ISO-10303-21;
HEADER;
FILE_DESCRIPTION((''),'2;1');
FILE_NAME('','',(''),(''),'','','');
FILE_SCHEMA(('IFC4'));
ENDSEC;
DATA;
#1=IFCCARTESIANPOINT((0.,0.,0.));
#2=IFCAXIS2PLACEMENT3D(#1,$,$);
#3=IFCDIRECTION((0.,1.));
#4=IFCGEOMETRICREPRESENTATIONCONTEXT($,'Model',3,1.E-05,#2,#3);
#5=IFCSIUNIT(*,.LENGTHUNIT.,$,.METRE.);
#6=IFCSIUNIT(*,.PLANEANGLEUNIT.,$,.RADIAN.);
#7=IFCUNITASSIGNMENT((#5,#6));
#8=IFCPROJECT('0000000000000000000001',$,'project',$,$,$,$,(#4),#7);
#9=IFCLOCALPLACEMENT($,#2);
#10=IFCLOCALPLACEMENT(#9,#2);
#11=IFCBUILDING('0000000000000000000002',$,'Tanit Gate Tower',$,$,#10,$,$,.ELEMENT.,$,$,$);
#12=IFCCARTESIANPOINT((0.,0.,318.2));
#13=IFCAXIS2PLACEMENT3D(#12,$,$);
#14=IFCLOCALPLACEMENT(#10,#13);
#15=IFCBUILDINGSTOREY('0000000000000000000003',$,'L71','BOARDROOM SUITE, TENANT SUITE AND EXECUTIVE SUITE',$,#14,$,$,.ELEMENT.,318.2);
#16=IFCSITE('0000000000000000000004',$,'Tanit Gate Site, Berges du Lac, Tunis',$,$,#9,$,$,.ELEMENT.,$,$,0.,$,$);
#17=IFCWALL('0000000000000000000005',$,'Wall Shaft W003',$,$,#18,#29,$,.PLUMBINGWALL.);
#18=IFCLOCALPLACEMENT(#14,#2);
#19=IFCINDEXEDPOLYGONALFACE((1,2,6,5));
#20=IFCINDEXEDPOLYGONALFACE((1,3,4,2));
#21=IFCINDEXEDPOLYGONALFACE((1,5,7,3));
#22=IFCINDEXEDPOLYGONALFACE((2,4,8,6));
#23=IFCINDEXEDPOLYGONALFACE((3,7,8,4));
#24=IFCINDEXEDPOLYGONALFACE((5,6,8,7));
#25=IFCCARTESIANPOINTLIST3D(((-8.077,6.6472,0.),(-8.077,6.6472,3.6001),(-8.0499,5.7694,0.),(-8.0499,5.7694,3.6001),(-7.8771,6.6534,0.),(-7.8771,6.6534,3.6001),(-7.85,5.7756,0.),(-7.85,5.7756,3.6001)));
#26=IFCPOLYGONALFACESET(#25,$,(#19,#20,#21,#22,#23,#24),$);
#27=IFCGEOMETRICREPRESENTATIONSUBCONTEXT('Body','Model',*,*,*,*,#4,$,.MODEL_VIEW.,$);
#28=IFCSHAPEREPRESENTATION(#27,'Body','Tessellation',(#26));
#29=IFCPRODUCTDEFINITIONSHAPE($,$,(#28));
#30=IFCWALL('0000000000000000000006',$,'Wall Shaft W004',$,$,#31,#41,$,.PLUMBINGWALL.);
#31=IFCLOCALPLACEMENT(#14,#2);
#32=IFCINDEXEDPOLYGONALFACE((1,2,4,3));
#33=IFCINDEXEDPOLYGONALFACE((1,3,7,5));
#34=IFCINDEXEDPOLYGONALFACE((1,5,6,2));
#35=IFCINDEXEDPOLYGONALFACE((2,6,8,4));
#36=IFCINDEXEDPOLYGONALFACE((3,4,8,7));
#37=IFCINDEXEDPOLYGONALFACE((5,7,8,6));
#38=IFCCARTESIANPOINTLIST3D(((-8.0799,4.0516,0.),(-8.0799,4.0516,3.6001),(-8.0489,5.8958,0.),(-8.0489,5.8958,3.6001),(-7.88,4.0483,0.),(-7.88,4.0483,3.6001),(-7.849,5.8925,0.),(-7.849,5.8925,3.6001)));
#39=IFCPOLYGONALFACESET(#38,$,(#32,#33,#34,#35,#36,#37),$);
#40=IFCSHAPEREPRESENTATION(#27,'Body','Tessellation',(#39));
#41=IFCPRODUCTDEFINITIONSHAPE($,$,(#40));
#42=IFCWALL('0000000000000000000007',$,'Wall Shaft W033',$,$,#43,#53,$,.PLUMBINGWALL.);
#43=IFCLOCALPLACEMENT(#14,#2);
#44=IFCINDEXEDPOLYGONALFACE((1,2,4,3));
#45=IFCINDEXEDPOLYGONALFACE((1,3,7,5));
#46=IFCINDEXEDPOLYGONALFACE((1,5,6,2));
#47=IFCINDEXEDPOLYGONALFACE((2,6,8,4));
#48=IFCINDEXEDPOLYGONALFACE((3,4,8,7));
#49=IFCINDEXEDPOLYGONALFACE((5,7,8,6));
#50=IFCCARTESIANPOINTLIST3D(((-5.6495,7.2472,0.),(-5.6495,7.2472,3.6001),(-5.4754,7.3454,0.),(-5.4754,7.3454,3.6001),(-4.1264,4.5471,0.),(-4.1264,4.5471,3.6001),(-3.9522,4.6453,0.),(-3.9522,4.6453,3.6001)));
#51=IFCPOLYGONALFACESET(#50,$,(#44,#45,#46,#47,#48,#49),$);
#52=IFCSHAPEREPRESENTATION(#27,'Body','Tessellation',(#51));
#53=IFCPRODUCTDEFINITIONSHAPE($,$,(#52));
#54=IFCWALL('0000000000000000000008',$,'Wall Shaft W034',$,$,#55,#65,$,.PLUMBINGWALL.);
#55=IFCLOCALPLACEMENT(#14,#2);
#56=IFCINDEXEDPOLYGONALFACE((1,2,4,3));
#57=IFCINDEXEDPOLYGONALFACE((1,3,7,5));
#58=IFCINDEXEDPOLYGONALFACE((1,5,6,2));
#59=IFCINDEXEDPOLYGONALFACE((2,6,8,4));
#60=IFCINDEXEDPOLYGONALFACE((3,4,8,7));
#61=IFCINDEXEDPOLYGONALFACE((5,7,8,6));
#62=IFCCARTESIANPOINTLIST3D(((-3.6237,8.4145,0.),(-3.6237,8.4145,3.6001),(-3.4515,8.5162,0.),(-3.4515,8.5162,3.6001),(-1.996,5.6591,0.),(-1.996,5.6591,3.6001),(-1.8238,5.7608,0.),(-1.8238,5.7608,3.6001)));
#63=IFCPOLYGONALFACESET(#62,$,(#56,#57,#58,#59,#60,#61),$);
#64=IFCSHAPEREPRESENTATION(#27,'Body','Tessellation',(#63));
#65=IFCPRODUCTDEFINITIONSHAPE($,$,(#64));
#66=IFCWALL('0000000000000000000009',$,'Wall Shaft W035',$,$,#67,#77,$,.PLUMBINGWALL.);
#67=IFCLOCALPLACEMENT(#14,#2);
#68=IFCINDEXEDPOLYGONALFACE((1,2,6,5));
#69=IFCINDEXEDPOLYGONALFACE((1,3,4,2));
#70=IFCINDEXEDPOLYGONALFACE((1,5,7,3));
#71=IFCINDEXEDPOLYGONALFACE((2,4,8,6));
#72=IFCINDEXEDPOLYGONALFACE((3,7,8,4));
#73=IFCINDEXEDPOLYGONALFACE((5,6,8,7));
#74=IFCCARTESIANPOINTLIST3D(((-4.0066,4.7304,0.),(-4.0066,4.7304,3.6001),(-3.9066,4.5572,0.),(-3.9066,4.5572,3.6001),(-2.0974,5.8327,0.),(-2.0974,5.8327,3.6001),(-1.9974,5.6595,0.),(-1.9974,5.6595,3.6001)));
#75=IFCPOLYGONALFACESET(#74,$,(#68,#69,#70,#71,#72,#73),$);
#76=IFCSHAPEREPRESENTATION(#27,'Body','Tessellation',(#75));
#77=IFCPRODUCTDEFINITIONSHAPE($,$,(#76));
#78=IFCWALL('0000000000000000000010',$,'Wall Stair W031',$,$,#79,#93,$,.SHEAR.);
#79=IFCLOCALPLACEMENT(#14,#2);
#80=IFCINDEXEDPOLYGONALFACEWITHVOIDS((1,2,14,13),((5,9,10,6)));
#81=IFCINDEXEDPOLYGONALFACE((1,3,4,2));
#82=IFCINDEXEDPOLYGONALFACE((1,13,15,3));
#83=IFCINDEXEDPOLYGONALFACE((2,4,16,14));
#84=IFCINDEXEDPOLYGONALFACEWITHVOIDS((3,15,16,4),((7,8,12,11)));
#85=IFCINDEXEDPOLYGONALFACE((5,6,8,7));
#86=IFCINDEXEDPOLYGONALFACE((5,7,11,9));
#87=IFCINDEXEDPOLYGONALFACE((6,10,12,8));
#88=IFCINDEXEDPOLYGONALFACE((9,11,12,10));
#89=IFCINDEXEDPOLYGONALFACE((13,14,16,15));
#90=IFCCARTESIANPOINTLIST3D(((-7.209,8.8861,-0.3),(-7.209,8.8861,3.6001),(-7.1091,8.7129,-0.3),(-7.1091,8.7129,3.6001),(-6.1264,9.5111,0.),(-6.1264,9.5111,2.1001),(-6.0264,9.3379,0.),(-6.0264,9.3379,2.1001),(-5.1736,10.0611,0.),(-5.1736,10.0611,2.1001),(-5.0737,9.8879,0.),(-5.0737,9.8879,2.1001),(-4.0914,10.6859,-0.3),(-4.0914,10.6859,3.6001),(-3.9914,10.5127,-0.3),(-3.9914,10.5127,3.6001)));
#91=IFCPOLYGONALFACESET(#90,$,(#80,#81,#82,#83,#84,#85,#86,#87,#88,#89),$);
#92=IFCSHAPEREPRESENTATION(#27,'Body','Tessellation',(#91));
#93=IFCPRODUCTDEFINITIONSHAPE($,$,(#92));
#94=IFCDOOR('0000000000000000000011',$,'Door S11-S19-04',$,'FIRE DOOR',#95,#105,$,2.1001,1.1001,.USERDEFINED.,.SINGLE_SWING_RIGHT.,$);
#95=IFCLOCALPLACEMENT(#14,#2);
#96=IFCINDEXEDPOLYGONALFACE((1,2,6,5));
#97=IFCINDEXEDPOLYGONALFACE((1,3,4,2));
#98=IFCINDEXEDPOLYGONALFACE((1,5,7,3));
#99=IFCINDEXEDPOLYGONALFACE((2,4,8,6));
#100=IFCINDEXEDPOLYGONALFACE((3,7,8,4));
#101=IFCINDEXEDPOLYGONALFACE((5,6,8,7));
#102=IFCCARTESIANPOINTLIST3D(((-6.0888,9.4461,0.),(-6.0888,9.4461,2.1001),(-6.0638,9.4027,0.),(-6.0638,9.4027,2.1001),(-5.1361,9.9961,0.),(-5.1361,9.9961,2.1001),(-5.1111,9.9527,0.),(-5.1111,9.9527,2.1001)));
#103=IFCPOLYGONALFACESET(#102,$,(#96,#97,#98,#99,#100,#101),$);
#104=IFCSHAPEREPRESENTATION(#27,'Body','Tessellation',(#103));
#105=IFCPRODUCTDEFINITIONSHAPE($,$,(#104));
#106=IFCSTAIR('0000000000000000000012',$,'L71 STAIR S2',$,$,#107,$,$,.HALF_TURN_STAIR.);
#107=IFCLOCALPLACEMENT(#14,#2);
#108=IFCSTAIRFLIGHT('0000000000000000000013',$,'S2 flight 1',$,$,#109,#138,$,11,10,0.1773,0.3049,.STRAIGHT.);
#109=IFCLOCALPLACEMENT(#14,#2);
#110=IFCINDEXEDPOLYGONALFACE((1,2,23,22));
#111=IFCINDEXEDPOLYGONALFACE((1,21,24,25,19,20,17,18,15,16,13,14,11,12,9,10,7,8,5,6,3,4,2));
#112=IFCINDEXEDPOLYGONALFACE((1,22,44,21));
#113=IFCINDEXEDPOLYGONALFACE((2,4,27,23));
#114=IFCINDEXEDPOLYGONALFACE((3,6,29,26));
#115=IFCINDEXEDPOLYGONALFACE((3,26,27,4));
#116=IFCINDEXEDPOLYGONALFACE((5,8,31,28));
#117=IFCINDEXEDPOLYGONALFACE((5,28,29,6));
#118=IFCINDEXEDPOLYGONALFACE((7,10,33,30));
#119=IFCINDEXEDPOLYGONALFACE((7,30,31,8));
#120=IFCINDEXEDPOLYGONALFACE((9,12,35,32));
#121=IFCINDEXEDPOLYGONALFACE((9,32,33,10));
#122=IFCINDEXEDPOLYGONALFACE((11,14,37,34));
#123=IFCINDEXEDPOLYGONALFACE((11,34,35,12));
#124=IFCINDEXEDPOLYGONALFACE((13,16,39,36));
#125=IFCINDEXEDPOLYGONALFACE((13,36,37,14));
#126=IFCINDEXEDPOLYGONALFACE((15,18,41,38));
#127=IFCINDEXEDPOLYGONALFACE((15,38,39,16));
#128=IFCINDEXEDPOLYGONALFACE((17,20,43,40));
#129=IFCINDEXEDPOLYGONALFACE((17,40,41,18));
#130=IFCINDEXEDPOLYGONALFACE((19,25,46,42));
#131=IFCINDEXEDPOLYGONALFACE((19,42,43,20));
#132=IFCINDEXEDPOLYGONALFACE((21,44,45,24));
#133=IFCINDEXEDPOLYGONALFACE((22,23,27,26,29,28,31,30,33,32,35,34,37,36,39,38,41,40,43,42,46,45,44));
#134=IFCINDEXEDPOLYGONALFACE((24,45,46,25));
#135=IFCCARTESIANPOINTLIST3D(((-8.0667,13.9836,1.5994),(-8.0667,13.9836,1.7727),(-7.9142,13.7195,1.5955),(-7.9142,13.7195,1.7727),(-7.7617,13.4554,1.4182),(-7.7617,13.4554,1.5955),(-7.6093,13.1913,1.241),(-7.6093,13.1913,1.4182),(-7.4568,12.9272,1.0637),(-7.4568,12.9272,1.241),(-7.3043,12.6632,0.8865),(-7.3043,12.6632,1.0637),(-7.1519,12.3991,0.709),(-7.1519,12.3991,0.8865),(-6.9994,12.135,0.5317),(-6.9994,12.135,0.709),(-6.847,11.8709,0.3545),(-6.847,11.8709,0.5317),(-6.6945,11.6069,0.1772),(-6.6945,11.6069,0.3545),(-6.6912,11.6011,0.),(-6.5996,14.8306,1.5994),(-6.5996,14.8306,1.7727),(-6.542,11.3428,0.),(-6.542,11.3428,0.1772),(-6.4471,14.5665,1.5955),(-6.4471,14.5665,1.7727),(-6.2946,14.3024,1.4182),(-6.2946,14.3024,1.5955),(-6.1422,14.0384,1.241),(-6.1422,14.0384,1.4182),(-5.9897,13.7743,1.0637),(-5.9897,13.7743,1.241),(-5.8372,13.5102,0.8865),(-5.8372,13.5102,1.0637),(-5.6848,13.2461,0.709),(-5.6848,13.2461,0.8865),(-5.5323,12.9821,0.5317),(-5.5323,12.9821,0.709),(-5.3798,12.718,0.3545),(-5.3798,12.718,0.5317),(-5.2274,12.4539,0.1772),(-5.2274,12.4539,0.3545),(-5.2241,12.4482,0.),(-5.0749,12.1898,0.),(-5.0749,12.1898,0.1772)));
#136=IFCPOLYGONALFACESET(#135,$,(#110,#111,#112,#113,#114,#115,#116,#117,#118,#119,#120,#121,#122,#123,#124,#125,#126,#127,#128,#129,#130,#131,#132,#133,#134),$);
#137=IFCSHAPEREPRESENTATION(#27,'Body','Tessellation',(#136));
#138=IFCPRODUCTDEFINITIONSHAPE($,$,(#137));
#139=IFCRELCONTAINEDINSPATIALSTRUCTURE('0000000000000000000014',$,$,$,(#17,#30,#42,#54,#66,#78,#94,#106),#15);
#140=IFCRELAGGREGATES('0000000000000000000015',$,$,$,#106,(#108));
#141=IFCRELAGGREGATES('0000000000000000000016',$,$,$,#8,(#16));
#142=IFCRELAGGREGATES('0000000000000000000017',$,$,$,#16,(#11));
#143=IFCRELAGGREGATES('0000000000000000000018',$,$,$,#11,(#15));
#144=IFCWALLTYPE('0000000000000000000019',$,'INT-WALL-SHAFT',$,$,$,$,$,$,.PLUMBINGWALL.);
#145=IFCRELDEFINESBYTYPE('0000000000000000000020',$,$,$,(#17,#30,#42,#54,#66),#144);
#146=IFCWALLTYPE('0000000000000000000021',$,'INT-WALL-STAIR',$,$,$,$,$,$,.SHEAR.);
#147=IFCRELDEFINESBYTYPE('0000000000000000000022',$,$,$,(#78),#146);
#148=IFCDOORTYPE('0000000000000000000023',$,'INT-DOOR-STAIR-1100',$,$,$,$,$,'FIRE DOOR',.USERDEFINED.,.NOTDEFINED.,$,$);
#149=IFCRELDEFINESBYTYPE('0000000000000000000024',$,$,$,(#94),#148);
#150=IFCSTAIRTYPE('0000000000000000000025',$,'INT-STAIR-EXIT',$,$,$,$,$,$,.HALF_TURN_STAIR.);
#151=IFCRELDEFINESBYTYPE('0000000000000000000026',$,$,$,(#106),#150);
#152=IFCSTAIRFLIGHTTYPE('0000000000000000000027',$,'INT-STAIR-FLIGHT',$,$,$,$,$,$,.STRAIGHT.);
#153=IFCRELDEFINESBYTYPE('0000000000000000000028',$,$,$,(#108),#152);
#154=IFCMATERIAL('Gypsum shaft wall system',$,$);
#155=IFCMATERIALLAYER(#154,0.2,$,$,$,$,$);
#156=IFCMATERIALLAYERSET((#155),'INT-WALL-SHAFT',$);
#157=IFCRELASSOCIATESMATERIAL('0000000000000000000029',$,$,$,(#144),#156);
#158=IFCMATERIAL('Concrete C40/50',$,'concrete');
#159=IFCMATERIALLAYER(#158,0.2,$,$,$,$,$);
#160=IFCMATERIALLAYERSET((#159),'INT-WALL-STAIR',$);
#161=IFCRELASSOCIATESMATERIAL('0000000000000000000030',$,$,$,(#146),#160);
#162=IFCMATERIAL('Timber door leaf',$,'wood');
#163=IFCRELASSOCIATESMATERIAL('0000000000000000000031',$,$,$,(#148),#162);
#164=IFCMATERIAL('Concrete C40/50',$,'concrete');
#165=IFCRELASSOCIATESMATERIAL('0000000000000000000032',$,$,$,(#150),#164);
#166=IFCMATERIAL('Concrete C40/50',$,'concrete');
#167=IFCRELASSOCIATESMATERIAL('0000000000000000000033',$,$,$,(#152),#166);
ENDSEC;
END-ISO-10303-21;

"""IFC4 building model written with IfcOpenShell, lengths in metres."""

from ifc_helpers import new_model, si_unit, direction, frame, frame_2d, origin, place, context, subcontext, project, spatial, polyline, rectangle, outline, extrude, material, layer, layer_set, type_object, element, fill, aggregate, save


model = new_model("IFC4")

# Units and contexts
model_context = context("Model", 3, precision=1e-05, world=origin(), true_north=direction((0.0, 1.0)))
body_context = subcontext(model_context, "Body", "Model", "MODEL_VIEW")
ifc_project = project(units=[si_unit("LENGTHUNIT", "METRE"), si_unit("PLANEANGLEUNIT", "RADIAN")], contexts=[model_context])

# Site, building, storey
site_placement = place(None, origin())
site = spatial("IfcSite", under=ifc_project, at=site_placement, Name="Tanit Gate Site, Berges du Lac, Tunis", CompositionType="ELEMENT", RefElevation=0.0)
building_placement = place(site_placement, origin())
building = spatial("IfcBuilding", under=site, at=building_placement, Name="Tanit Gate Tower", CompositionType="ELEMENT")
storey_placement = place(building_placement, frame((0.0, 0.0, 318.2)))
storey = spatial("IfcBuildingStorey", under=building, at=storey_placement, Name="L71", Description="BOARDROOM SUITE, TENANT SUITE AND EXECUTIVE SUITE", CompositionType="ELEMENT", Elevation=318.2)

# Walls
ifc_material_1 = material(Name="Gypsum shaft wall system")
ifc_layer_1 = layer(ifc_material_1, 0.2)
ifc_layer_set_1 = layer_set([ifc_layer_1], Name="INT-WALL-SHAFT")
wall_type_1 = type_object("IfcWallType", Name="INT-WALL-SHAFT", PredefinedType="PLUMBINGWALL", material=ifc_layer_set_1)
wall_1_placement = place(storey_placement, frame((-7.9771, 6.6501, 0.0), z_axis=(0.0, 0.0, 1.0), x_axis=(0.030862, -0.999524, 0.0)))
element("IfcWall", 1, at=wall_1_placement, inside=storey, type_object=wall_type_1, Name="Wall Shaft W003", PredefinedType="PLUMBINGWALL", context=body_context, shape_type="SweptSolid", body=[
    extrude(rectangle(XDim=0.8782, YDim=0.2, at=frame_2d((0.439, 0.0))), origin(), (0.0, 0.0, 1.0), 3.6001),
])
wall_2_placement = place(storey_placement, frame((-7.949, 5.8943, 0.0), z_axis=(0.0, 0.0, 1.0), x_axis=(-0.01681, -0.999859, 0.0)))
element("IfcWall", 2, at=wall_2_placement, inside=storey, type_object=wall_type_1, Name="Wall Shaft W004", PredefinedType="PLUMBINGWALL", context=body_context, shape_type="SweptSolid", body=[
    extrude(rectangle(XDim=1.8445, YDim=0.2, at=frame_2d((0.9224, 0.0))), origin(), (0.0, 0.0, 1.0), 3.6001),
])

# Walls
wall_3_placement = place(storey_placement, frame((-4.0393, 4.5962, 0.0), z_axis=(0.0, 0.0, 1.0), x_axis=(-0.491323, 0.870978, 0.0)))
element("IfcWall", 3, at=wall_3_placement, inside=storey, type_object=wall_type_1, Name="Wall Shaft W033", PredefinedType="PLUMBINGWALL", context=body_context, shape_type="SweptSolid", body=[
    extrude(rectangle(XDim=3.1001, YDim=0.2, at=frame_2d((1.55, 0.0))), origin(), (0.0, 0.0, 1.0), 3.6001),
])
wall_4_placement = place(storey_placement, frame((-3.5376, 8.4653, 0.0), z_axis=(0.0, 0.0, 1.0), x_axis=(0.508616, -0.860993, 0.0)))
element("IfcWall", 4, at=wall_4_placement, inside=storey, type_object=wall_type_1, Name="Wall Shaft W034", PredefinedType="PLUMBINGWALL", context=body_context, shape_type="SweptSolid", body=[
    extrude(rectangle(XDim=3.2002, YDim=0.2, at=frame_2d((1.6001, 0.0))), origin(), (0.0, 0.0, 1.0), 3.6001),
])
wall_5_placement = place(storey_placement, frame((-2.0474, 5.7461, 0.0), z_axis=(0.0, 0.0, 1.0), x_axis=(-0.86602, -0.50001, 0.0)))
element("IfcWall", 5, at=wall_5_placement, inside=storey, type_object=wall_type_1, Name="Wall Shaft W035", PredefinedType="PLUMBINGWALL", context=body_context, shape_type="SweptSolid", body=[
    extrude(rectangle(XDim=2.2046, YDim=0.2, at=frame_2d((1.1023, 0.0))), origin(), (0.0, 0.0, 1.0), 3.6001),
])

# Wall, opening, door
ifc_material_2 = material(Name="Concrete C40/50", Category="concrete")
ifc_layer_2 = layer(ifc_material_2, 0.2)
ifc_layer_set_2 = layer_set([ifc_layer_2], Name="INT-WALL-STAIR")
wall_type_2 = type_object("IfcWallType", Name="INT-WALL-STAIR", PredefinedType="SHEAR", material=ifc_layer_set_2)
wall_6_placement = place(storey_placement, frame((-7.1589, 8.7996, -0.3), z_axis=(0.0, 0.0, 1.0), x_axis=(0.866048, 0.499961, 0.0)))
wall_6 = element("IfcWall", 6, at=wall_6_placement, inside=storey, type_object=wall_type_2, Name="Wall Stair W031", PredefinedType="SHEAR", context=body_context, shape_type="SweptSolid", body=[
    extrude(rectangle(XDim=3.5999, YDim=0.2, at=frame_2d((1.7998, 0.0))), origin(), (0.0, 0.0, 1.0), 3.9001),
])
opening_1_placement = place(wall_6_placement, frame((1.25, 0.0, 0.3)))
opening_1 = element("IfcOpeningElement", 7, at=opening_1_placement, cuts=wall_6, PredefinedType="OPENING", context=body_context, shape_type="SweptSolid", body=[
    extrude(rectangle(XDim=1.1001, YDim=2.1001, at=frame_2d((0.55, 1.05))), frame((0.0, 0.1099, 0.0), z_axis=(0.0, -1.0, 0.0), x_axis=(1.0, 0.0, 0.0)), (0.0, 0.0, 1.0), 0.22),
])
ifc_material_3 = material(Name="Timber door leaf", Category="wood")
door_type_1 = type_object("IfcDoorType", Name="INT-DOOR-STAIR-1100", ElementType="FIRE DOOR", OperationType="NOTDEFINED", PredefinedType="USERDEFINED", material=ifc_material_3)
door_1_placement = place(opening_1_placement, origin())
door_1 = element("IfcDoor", 8, at=door_1_placement, inside=storey, type_object=door_type_1, Name="Door S11-S19-04", ObjectType="FIRE DOOR", OperationType="SINGLE_SWING_RIGHT", OverallHeight=2.1001, OverallWidth=1.1001, PredefinedType="USERDEFINED", context=body_context, shape_type="SweptSolid", body=[
    extrude(rectangle(XDim=1.1001, YDim=2.1001, at=frame_2d((0.55, 1.05))), frame((0.0, 0.0249, 0.0), z_axis=(0.0, -1.0, 0.0), x_axis=(1.0, 0.0, 0.0)), (0.0, 0.0, 1.0), 0.05),
])
fill(opening_1, door_1)

# Stair, stair flight
ifc_material_4 = material(Name="Concrete C40/50", Category="concrete")
stair_type = type_object("IfcStairType", Name="INT-STAIR-EXIT", PredefinedType="HALF_TURN_STAIR", material=ifc_material_4)
stair_placement = place(storey_placement, origin())
stair = element("IfcStair", 9, at=stair_placement, inside=storey, type_object=stair_type, Name="L71 STAIR S2", PredefinedType="HALF_TURN_STAIR")
ifc_material_5 = material(Name="Concrete C40/50", Category="concrete")
stair_flight_type = type_object("IfcStairFlightType", Name="INT-STAIR-FLIGHT", PredefinedType="STRAIGHT", material=ifc_material_5)
stair_flight_placement = place(storey_placement, frame((-5.8083, 11.7664, 0.0), z_axis=(0.0, 0.0, 1.0), x_axis=(-0.5, 0.866025, 0.0)))
stair_flight = element("IfcStairFlight", 10, at=stair_flight_placement, type_object=stair_flight_type, Name="S2 flight 1", NumberOfRisers=11, NumberOfTreads=10, PredefinedType="STRAIGHT", RiserHeight=0.1773, TreadLength=0.3049, context=body_context, shape_type="SweptSolid", body=[
    extrude(outline(polyline([(0.0, 0.0), (0.0, 0.1772), (0.3049, 0.1772), (0.3049, 0.3545), (0.6099, 0.3545), (0.6099, 0.5317), (0.9148, 0.5317), (0.9148, 0.709), (1.2197, 0.709), (1.2197, 0.8865), (1.5247, 0.8865), (1.5247, 1.0637), (1.8296, 1.0637), (1.8296, 1.241), (2.1345, 1.241), (2.1345, 1.4182), (2.4395, 1.4182), (2.4395, 1.5955), (2.7444, 1.5955), (2.7444, 1.7727), (3.0493, 1.7727), (3.0493, 1.95), (3.0493, 1.5994), (0.2983, 0.0), (0.0, 0.0)])), frame((0.0, 0.8472, 0.0), z_axis=(0.0, -1.0, 0.0), x_axis=(1.0, 0.0, 0.0)), (0.0, 0.0, 1.0), 1.6941),
])
aggregate(stair, [stair_flight])

save(model, "model.ifc")
